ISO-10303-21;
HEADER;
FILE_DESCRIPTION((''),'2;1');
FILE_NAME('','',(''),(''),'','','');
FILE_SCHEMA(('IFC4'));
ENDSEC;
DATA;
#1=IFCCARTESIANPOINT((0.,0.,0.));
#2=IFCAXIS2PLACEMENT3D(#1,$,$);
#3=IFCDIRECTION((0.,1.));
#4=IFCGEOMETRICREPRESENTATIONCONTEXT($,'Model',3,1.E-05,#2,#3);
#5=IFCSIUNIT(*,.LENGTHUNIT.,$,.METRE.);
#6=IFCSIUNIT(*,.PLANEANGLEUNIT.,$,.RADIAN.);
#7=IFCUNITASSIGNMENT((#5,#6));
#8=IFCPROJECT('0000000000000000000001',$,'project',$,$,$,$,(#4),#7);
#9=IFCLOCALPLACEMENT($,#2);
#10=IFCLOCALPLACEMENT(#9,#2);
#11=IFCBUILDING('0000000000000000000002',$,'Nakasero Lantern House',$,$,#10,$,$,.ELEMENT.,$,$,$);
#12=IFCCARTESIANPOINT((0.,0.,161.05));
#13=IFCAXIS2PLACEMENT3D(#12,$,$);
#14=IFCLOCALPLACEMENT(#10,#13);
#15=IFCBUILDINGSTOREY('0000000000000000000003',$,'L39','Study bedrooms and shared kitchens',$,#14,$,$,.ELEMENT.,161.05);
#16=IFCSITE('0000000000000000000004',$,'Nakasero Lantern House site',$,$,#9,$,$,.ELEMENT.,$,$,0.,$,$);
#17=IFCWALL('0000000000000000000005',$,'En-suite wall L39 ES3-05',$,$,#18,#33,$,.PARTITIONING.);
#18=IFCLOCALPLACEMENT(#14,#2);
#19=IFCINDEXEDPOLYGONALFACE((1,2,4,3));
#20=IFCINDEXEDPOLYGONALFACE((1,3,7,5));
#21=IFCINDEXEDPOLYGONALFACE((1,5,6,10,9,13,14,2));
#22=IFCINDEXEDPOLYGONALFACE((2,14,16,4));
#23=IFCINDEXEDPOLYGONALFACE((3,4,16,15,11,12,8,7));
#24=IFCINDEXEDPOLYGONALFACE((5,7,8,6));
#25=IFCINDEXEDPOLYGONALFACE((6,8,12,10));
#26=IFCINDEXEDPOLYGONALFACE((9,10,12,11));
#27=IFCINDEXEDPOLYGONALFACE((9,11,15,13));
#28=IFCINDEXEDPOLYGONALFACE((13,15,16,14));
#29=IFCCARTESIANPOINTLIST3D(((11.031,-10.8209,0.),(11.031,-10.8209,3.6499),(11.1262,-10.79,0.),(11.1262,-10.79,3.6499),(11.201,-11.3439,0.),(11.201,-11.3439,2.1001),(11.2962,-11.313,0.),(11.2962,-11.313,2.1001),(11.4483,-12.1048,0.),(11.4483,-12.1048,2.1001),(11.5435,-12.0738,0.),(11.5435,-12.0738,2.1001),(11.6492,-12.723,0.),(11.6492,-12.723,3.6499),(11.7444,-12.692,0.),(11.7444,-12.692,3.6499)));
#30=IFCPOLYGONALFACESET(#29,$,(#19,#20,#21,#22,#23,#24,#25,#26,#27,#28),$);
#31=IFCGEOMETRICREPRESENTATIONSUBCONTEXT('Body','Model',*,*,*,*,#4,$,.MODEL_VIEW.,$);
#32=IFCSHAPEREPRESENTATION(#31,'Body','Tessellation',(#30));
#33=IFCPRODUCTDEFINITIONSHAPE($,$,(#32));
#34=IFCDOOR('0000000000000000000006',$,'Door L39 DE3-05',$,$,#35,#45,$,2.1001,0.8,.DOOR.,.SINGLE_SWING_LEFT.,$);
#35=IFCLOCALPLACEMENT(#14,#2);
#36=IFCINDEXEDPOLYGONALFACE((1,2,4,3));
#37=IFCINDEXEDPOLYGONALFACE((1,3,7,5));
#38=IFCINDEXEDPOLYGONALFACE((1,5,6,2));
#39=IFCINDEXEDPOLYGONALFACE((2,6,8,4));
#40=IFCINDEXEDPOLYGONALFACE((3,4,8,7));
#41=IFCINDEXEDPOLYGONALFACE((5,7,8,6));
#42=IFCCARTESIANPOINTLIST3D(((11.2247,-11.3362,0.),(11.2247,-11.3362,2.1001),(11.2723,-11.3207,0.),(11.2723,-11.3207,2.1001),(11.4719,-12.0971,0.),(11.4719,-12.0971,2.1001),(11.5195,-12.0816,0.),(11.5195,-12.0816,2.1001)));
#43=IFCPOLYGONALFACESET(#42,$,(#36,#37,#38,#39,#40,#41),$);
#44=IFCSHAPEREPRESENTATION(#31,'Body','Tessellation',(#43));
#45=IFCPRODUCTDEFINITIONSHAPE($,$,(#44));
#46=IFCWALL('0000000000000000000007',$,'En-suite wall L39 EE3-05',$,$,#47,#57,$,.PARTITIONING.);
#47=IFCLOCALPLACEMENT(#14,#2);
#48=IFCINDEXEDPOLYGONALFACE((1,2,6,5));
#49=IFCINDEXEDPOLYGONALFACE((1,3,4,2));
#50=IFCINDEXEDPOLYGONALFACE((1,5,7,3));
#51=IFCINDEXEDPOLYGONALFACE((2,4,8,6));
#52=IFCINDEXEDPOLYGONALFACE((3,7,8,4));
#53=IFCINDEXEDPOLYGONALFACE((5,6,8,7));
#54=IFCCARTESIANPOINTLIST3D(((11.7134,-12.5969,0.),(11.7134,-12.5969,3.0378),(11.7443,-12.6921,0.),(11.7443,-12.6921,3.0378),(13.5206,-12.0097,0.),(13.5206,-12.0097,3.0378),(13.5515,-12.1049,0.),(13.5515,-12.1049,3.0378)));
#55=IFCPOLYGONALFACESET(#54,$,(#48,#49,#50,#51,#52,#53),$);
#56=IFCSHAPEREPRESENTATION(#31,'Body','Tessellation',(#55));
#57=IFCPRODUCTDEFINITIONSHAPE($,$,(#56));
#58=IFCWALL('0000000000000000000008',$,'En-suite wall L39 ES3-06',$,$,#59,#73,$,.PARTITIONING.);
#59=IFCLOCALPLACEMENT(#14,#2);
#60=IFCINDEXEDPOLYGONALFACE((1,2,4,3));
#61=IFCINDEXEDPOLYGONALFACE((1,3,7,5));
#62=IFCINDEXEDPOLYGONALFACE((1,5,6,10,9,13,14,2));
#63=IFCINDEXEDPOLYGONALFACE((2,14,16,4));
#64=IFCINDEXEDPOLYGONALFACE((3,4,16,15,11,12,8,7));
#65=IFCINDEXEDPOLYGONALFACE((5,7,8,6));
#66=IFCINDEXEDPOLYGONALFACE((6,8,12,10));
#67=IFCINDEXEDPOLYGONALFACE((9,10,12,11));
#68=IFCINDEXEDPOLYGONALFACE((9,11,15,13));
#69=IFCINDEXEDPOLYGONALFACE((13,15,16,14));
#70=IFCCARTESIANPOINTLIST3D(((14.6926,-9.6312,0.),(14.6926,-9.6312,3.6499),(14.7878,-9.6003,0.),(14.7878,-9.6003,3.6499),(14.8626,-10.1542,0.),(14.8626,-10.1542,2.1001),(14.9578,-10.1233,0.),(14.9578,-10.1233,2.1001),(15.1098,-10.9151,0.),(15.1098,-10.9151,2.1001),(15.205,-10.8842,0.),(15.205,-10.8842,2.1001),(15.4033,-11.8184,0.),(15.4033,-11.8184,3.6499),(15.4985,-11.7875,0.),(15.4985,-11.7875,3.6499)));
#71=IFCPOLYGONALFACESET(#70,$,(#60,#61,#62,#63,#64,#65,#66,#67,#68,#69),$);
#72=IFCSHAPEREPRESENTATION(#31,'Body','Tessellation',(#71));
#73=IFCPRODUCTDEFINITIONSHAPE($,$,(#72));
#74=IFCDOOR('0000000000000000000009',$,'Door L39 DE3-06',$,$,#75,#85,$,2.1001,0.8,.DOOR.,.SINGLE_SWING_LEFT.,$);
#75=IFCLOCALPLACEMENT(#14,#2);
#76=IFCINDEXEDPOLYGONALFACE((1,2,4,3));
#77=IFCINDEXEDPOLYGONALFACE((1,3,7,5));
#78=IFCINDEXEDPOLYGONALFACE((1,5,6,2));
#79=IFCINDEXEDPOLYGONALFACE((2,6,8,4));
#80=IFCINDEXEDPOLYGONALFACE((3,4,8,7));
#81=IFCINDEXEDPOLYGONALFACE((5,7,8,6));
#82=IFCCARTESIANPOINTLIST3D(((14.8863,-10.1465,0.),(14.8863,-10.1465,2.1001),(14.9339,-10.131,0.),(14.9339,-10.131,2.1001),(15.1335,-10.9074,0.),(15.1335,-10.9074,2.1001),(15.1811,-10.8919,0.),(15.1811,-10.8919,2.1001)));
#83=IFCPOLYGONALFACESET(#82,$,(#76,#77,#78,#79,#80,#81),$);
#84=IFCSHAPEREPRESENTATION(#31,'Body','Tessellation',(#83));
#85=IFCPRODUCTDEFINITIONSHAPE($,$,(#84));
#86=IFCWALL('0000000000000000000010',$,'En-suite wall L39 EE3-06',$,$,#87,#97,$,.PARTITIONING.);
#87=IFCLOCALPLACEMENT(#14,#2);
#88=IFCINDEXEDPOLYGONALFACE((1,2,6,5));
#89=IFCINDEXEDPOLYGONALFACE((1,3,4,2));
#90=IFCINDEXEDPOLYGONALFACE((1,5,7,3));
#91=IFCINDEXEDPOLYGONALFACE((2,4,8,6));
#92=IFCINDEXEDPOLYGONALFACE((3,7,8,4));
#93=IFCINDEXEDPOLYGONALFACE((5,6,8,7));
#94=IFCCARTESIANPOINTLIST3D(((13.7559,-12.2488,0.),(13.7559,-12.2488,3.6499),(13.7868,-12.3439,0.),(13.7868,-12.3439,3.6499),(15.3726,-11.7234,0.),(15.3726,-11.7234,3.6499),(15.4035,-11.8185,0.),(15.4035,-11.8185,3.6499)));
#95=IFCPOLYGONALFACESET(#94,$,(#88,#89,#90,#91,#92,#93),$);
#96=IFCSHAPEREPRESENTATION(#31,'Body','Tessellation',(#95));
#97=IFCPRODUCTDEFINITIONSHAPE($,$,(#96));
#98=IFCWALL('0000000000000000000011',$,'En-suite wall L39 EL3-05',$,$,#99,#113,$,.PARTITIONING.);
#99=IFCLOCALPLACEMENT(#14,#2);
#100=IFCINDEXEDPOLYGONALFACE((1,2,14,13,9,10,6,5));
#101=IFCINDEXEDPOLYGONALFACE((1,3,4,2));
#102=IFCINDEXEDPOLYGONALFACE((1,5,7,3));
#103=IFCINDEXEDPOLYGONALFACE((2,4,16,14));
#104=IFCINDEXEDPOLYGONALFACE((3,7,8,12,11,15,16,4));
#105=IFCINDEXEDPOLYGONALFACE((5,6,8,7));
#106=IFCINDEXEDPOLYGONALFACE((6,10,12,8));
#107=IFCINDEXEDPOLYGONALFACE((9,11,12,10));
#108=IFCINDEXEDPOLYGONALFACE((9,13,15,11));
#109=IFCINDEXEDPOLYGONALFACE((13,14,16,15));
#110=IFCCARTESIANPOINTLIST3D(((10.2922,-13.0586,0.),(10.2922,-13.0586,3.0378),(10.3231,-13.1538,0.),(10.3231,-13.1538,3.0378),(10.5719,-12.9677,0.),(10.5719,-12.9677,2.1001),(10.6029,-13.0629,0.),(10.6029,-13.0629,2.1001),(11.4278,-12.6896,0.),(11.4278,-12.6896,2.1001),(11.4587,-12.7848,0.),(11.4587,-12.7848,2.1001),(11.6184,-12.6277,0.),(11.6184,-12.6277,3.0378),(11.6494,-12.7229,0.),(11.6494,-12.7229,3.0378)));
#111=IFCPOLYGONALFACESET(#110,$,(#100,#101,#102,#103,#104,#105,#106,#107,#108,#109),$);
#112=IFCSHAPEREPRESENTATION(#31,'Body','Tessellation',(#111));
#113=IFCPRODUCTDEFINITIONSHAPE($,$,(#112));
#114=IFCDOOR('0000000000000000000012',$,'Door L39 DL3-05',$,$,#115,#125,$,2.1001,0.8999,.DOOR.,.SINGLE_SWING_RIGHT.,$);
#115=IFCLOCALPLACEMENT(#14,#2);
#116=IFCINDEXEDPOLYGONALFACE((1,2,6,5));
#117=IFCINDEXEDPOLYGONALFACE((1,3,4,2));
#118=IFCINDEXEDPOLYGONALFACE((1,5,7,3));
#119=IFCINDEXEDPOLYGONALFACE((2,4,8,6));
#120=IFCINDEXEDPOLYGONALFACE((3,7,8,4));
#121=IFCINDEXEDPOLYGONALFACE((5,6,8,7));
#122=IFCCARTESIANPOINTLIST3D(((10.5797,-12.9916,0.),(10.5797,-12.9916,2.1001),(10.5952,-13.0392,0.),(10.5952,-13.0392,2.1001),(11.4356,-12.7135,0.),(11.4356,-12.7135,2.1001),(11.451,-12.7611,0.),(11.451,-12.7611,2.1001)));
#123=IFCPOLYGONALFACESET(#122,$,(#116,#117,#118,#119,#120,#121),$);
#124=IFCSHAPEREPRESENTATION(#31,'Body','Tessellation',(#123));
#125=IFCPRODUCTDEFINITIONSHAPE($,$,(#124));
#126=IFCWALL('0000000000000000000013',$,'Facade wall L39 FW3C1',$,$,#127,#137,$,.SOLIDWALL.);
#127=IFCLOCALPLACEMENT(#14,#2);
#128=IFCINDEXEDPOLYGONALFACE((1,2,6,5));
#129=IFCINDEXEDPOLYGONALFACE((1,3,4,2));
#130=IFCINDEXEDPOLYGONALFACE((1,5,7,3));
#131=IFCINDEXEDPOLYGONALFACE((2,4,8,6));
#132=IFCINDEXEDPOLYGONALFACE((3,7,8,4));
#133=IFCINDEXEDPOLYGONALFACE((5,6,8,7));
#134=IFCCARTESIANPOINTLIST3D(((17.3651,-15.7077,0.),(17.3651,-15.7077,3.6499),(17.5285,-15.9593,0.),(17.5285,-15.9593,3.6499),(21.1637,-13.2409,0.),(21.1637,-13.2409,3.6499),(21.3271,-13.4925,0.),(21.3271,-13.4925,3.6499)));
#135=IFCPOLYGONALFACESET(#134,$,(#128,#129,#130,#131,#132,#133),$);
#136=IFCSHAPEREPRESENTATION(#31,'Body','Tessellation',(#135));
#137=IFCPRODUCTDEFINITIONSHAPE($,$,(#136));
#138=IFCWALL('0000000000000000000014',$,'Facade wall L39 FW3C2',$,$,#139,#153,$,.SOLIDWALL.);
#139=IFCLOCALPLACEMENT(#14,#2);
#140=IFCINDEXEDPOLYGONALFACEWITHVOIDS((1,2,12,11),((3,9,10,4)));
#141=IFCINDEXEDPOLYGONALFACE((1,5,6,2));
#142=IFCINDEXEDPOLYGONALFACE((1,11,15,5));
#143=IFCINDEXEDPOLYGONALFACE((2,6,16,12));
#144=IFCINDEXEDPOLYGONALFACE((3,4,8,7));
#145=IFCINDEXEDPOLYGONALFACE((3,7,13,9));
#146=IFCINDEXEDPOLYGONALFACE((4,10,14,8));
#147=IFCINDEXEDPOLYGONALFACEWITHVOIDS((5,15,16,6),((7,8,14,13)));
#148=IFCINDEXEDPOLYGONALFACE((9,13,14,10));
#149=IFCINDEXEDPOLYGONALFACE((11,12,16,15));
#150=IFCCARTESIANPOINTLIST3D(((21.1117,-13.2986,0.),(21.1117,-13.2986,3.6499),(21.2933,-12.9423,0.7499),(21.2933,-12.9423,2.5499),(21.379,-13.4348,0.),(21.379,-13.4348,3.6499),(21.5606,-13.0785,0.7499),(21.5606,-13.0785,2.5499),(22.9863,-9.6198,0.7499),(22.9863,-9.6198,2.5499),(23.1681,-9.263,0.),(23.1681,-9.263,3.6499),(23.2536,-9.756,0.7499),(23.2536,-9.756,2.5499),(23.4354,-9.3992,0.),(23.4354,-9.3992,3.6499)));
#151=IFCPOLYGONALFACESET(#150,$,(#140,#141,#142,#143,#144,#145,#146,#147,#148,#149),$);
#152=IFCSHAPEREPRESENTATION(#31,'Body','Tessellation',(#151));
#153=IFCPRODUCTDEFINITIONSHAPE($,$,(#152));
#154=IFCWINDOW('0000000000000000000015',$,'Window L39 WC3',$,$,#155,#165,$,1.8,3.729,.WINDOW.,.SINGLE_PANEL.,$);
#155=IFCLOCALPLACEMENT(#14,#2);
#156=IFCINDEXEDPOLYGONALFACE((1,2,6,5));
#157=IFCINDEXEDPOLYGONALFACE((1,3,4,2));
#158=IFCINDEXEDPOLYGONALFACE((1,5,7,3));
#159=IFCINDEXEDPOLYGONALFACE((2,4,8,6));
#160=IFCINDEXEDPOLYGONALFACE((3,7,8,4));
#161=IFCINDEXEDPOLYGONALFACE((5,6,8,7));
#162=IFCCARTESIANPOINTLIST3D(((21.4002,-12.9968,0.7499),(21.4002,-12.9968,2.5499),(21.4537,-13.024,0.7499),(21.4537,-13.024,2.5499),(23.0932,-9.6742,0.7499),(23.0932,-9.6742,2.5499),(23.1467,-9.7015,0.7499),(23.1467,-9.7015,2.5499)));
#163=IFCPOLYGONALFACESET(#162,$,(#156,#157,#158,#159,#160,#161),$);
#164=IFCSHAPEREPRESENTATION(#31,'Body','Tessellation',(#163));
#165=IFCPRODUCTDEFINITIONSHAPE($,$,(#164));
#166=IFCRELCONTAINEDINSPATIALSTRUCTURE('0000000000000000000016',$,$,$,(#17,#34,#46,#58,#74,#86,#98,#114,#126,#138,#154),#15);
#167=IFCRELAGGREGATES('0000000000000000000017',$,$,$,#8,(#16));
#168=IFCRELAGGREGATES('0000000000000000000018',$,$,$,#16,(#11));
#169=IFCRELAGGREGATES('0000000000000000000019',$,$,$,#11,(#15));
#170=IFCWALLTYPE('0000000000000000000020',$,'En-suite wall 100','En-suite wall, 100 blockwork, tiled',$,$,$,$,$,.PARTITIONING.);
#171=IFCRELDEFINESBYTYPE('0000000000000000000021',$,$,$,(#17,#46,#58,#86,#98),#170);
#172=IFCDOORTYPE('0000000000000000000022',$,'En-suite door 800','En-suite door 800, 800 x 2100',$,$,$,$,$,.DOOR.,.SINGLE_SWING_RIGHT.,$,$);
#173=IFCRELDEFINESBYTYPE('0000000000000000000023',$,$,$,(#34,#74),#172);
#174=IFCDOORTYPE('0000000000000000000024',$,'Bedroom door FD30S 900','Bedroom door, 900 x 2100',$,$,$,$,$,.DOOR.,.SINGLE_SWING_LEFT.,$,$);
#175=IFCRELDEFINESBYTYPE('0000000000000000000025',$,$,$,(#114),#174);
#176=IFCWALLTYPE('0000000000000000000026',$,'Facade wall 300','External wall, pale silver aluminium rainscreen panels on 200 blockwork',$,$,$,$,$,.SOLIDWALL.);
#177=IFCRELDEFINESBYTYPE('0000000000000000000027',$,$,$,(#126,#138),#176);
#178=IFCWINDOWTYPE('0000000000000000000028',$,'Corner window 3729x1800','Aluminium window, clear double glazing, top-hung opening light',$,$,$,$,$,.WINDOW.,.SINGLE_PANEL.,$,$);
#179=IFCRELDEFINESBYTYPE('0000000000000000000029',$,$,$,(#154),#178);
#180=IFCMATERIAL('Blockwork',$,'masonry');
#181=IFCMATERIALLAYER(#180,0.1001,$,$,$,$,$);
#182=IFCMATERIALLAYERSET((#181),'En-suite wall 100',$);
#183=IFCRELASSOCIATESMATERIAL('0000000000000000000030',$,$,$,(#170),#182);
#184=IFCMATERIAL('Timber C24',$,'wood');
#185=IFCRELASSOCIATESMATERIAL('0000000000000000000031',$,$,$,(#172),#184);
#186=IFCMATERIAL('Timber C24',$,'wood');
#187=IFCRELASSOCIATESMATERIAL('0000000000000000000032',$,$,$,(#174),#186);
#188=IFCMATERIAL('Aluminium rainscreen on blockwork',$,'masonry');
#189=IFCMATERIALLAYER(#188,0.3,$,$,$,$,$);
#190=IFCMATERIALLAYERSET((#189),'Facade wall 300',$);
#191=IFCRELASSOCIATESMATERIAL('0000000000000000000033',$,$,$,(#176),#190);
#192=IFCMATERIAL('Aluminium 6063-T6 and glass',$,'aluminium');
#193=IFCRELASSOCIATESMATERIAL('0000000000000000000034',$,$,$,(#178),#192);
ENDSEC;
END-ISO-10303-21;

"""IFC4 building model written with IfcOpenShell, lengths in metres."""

from ifc_helpers import new_model, si_unit, direction, frame, frame_2d, origin, place, context, subcontext, project, spatial, rectangle, extrude, material, layer, layer_set, type_object, element, fill, save


model = new_model("IFC4")

# Units and contexts
model_context = context("Model", 3, precision=1e-05, world=origin(), true_north=direction((0.0, 1.0)))
body_context = subcontext(model_context, "Body", "Model", "MODEL_VIEW")
ifc_project = project(units=[si_unit("LENGTHUNIT", "METRE"), si_unit("PLANEANGLEUNIT", "RADIAN")], contexts=[model_context])

# Site, building, storey
site_placement = place(None, origin())
site = spatial("IfcSite", under=ifc_project, at=site_placement, Name="Nakasero Lantern House site", CompositionType="ELEMENT", RefElevation=0.0)
building_placement = place(site_placement, origin())
building = spatial("IfcBuilding", under=site, at=building_placement, Name="Nakasero Lantern House", CompositionType="ELEMENT")
storey_placement = place(building_placement, frame((0.0, 0.0, 161.05)))
storey = spatial("IfcBuildingStorey", under=building, at=storey_placement, Name="L39", Description="Study bedrooms and shared kitchens", CompositionType="ELEMENT", Elevation=161.05)

# Wall, opening, door
ifc_material_1 = material(Name="Blockwork", Category="masonry")
ifc_layer_1 = layer(ifc_material_1, 0.1001)
ifc_layer_set_1 = layer_set([ifc_layer_1], Name="En-suite wall 100")
wall_type_1 = type_object("IfcWallType", Name="En-suite wall 100", Description="En-suite wall, 100 blockwork, tiled", PredefinedType="PARTITIONING", material=ifc_layer_set_1)
wall_1_placement = place(storey_placement, frame((11.0786, -10.8054, 0.0), z_axis=(0.0, 0.0, 1.0), x_axis=(0.309078, -0.951037, 0.0)))
wall_1 = element("IfcWall", 1, at=wall_1_placement, inside=storey, type_object=wall_type_1, Name="En-suite wall L39 ES3-05", PredefinedType="PARTITIONING", context=body_context, shape_type="SweptSolid", body=[
    extrude(rectangle(XDim=2.0, YDim=0.1001, at=frame_2d((1.0, 0.0))), origin(), (0.0, 0.0, 1.0), 3.6499),
])
opening_1_placement = place(wall_1_placement, frame((0.55, 0.0, 0.0)))
opening_1 = element("IfcOpeningElement", 2, at=opening_1_placement, cuts=wall_1, PredefinedType="OPENING", context=body_context, shape_type="SweptSolid", body=[
    extrude(rectangle(XDim=0.8, YDim=2.1001, at=frame_2d((0.3999, 1.05))), frame((0.0, 0.0701, 0.0), z_axis=(0.0, -1.0, 0.0), x_axis=(1.0, 0.0, 0.0)), (0.0, 0.0, 1.0), 0.1401),
])
ifc_material_2 = material(Name="Timber C24", Category="wood")
door_type_1 = type_object("IfcDoorType", Name="En-suite door 800", Description="En-suite door 800, 800 x 2100", OperationType="SINGLE_SWING_RIGHT", PredefinedType="DOOR", material=ifc_material_2)
door_1_placement = place(opening_1_placement, origin())
door_1 = element("IfcDoor", 3, at=door_1_placement, inside=storey, type_object=door_type_1, Name="Door L39 DE3-05", OperationType="SINGLE_SWING_LEFT", OverallHeight=2.1001, OverallWidth=0.8, PredefinedType="DOOR", context=body_context, shape_type="SweptSolid", body=[
    extrude(rectangle(XDim=0.8, YDim=2.1001, at=frame_2d((0.3999, 1.05))), frame((0.0, 0.0249, 0.0), z_axis=(0.0, -1.0, 0.0), x_axis=(1.0, 0.0, 0.0)), (0.0, 0.0, 1.0), 0.05),
])
fill(opening_1, door_1)

# Wall
wall_2_placement = place(storey_placement, frame((11.7288, -12.6445, 0.0), z_axis=(0.0, 0.0, 1.0), x_axis=(0.951059, 0.309011, 0.0)))
element("IfcWall", 4, at=wall_2_placement, inside=storey, type_object=wall_type_1, Name="En-suite wall L39 EE3-05", PredefinedType="PARTITIONING", context=body_context, shape_type="SweptSolid", body=[
    extrude(rectangle(XDim=1.9001, YDim=0.1001, at=frame_2d((0.9502, 0.0))), origin(), (0.0, 0.0, 1.0), 3.0378),
])

# Wall, opening, door
wall_3_placement = place(storey_placement, frame((14.7402, -9.6157, 0.0), z_axis=(0.0, 0.0, 1.0), x_axis=(0.309021, -0.951055, 0.0)))
wall_3 = element("IfcWall", 5, at=wall_3_placement, inside=storey, type_object=wall_type_1, Name="En-suite wall L39 ES3-06", PredefinedType="PARTITIONING", context=body_context, shape_type="SweptSolid", body=[
    extrude(rectangle(XDim=2.2998, YDim=0.1001, at=frame_2d((1.1499, 0.0))), origin(), (0.0, 0.0, 1.0), 3.6499),
])
opening_2_placement = place(wall_3_placement, frame((0.55, 0.0, 0.0)))
opening_2 = element("IfcOpeningElement", 6, at=opening_2_placement, cuts=wall_3, PredefinedType="OPENING", context=body_context, shape_type="SweptSolid", body=[
    extrude(rectangle(XDim=0.8, YDim=2.1001, at=frame_2d((0.3999, 1.05))), frame((0.0, 0.0701, 0.0), z_axis=(0.0, -1.0, 0.0), x_axis=(1.0, 0.0, 0.0)), (0.0, 0.0, 1.0), 0.1401),
])
door_2_placement = place(opening_2_placement, origin())
door_2 = element("IfcDoor", 7, at=door_2_placement, inside=storey, type_object=door_type_1, Name="Door L39 DE3-06", OperationType="SINGLE_SWING_LEFT", OverallHeight=2.1001, OverallWidth=0.8, PredefinedType="DOOR", context=body_context, shape_type="SweptSolid", body=[
    extrude(rectangle(XDim=0.8, YDim=2.1001, at=frame_2d((0.3999, 1.05))), frame((0.0, 0.0249, 0.0), z_axis=(0.0, -1.0, 0.0), x_axis=(1.0, 0.0, 0.0)), (0.0, 0.0, 1.0), 0.05),
])
fill(opening_2, door_2)

# Wall
wall_4_placement = place(storey_placement, frame((13.7712, -12.2964, 0.0), z_axis=(0.0, 0.0, 1.0), x_axis=(0.95104, 0.309067, 0.0)))
element("IfcWall", 8, at=wall_4_placement, inside=storey, type_object=wall_type_1, Name="En-suite wall L39 EE3-06", PredefinedType="PARTITIONING", context=body_context, shape_type="SweptSolid", body=[
    extrude(rectangle(XDim=1.7, YDim=0.1001, at=frame_2d((0.8501, 0.0))), origin(), (0.0, 0.0, 1.0), 3.6499),
])

# Wall, opening, door
wall_5_placement = place(storey_placement, frame((10.3076, -13.1062, 0.0), z_axis=(0.0, 0.0, 1.0), x_axis=(0.951055, 0.309023, 0.0)))
wall_5 = element("IfcWall", 9, at=wall_5_placement, inside=storey, type_object=wall_type_1, Name="En-suite wall L39 EL3-05", PredefinedType="PARTITIONING", context=body_context, shape_type="SweptSolid", body=[
    extrude(rectangle(XDim=1.3945, YDim=0.1001, at=frame_2d((0.6973, 0.0))), origin(), (0.0, 0.0, 1.0), 3.0378),
])
opening_3_placement = place(wall_5_placement, frame((0.2942, 0.0, 0.0)))
opening_3 = element("IfcOpeningElement", 10, at=opening_3_placement, cuts=wall_5, PredefinedType="OPENING", context=body_context, shape_type="SweptSolid", body=[
    extrude(rectangle(XDim=0.8999, YDim=2.1001, at=frame_2d((0.45, 1.05))), frame((0.0, 0.0701, 0.0), z_axis=(0.0, -1.0, 0.0), x_axis=(1.0, 0.0, 0.0)), (0.0, 0.0, 1.0), 0.1401),
])
ifc_material_3 = material(Name="Timber C24", Category="wood")
door_type_2 = type_object("IfcDoorType", Name="Bedroom door FD30S 900", Description="Bedroom door, 900 x 2100", OperationType="SINGLE_SWING_LEFT", PredefinedType="DOOR", material=ifc_material_3)
door_3_placement = place(opening_3_placement, origin())
door_3 = element("IfcDoor", 11, at=door_3_placement, inside=storey, type_object=door_type_2, Name="Door L39 DL3-05", OperationType="SINGLE_SWING_RIGHT", OverallHeight=2.1001, OverallWidth=0.8999, PredefinedType="DOOR", context=body_context, shape_type="SweptSolid", body=[
    extrude(rectangle(XDim=0.8999, YDim=2.1001, at=frame_2d((0.45, 1.05))), frame((0.0, 0.0249, 0.0), z_axis=(0.0, -1.0, 0.0), x_axis=(1.0, 0.0, 0.0)), (0.0, 0.0, 1.0), 0.05),
])
fill(opening_3, door_3)

# Wall
ifc_material_4 = material(Name="Aluminium rainscreen on blockwork", Category="masonry")
ifc_layer_2 = layer(ifc_material_4, 0.3)
ifc_layer_set_2 = layer_set([ifc_layer_2], Name="Facade wall 300")
wall_type_2 = type_object("IfcWallType", Name="Facade wall 300", Description="External wall, pale silver aluminium rainscreen panels on 200 blockwork", PredefinedType="SOLIDWALL", material=ifc_layer_set_2)
wall_6_placement = place(storey_placement, frame((17.4468, -15.8335, 0.0), z_axis=(0.0, 0.0, 1.0), x_axis=(0.838674, 0.544634, 0.0)))
element("IfcWall", 12, at=wall_6_placement, inside=storey, type_object=wall_type_2, Name="Facade wall L39 FW3C1", PredefinedType="SOLIDWALL", context=body_context, shape_type="SweptSolid", body=[
    extrude(rectangle(XDim=4.5293, YDim=0.3, at=frame_2d((2.2646, 0.0))), origin(), (0.0, 0.0, 1.0), 3.6499),
])

# Wall, opening, window
wall_7_placement = place(storey_placement, frame((21.2454, -13.3667, 0.0), z_axis=(0.0, 0.0, 1.0), x_axis=(0.454014, 0.890995, 0.0)))
wall_7 = element("IfcWall", 13, at=wall_7_placement, inside=storey, type_object=wall_type_2, Name="Facade wall L39 FW3C2", PredefinedType="SOLIDWALL", context=body_context, shape_type="SweptSolid", body=[
    extrude(rectangle(XDim=4.5293, YDim=0.3, at=frame_2d((2.2646, 0.0))), origin(), (0.0, 0.0, 1.0), 3.6499),
])
opening_4_placement = place(wall_7_placement, frame((0.3999, 0.0, 0.75)))
opening_4 = element("IfcOpeningElement", 14, at=opening_4_placement, cuts=wall_7, PredefinedType="OPENING", context=body_context, shape_type="SweptSolid", body=[
    extrude(rectangle(XDim=3.729, YDim=1.8, at=frame_2d((1.8645, 0.8999))), frame((0.0, 0.1699, 0.0), z_axis=(0.0, -1.0, 0.0), x_axis=(1.0, 0.0, 0.0)), (0.0, 0.0, 1.0), 0.3401),
])
ifc_material_5 = material(Name="Aluminium 6063-T6 and glass", Category="aluminium")
window_type_1 = type_object("IfcWindowType", Name="Corner window 3729x1800", Description="Aluminium window, clear double glazing, top-hung opening light", PartitioningType="SINGLE_PANEL", PredefinedType="WINDOW", material=ifc_material_5)
window_1_placement = place(opening_4_placement, origin())
window_1 = element("IfcWindow", 15, at=window_1_placement, inside=storey, type_object=window_type_1, Name="Window L39 WC3", OverallHeight=1.8, OverallWidth=3.729, PartitioningType="SINGLE_PANEL", PredefinedType="WINDOW", context=body_context, shape_type="SweptSolid", body=[
    extrude(rectangle(XDim=3.729, YDim=1.8, at=frame_2d((1.8645, 0.8999))), frame((0.0, 0.03, 0.0), z_axis=(0.0, -1.0, 0.0), x_axis=(1.0, 0.0, 0.0)), (0.0, 0.0, 1.0), 0.0601),
])
fill(opening_4, window_1)

save(model, "model.ifc")
